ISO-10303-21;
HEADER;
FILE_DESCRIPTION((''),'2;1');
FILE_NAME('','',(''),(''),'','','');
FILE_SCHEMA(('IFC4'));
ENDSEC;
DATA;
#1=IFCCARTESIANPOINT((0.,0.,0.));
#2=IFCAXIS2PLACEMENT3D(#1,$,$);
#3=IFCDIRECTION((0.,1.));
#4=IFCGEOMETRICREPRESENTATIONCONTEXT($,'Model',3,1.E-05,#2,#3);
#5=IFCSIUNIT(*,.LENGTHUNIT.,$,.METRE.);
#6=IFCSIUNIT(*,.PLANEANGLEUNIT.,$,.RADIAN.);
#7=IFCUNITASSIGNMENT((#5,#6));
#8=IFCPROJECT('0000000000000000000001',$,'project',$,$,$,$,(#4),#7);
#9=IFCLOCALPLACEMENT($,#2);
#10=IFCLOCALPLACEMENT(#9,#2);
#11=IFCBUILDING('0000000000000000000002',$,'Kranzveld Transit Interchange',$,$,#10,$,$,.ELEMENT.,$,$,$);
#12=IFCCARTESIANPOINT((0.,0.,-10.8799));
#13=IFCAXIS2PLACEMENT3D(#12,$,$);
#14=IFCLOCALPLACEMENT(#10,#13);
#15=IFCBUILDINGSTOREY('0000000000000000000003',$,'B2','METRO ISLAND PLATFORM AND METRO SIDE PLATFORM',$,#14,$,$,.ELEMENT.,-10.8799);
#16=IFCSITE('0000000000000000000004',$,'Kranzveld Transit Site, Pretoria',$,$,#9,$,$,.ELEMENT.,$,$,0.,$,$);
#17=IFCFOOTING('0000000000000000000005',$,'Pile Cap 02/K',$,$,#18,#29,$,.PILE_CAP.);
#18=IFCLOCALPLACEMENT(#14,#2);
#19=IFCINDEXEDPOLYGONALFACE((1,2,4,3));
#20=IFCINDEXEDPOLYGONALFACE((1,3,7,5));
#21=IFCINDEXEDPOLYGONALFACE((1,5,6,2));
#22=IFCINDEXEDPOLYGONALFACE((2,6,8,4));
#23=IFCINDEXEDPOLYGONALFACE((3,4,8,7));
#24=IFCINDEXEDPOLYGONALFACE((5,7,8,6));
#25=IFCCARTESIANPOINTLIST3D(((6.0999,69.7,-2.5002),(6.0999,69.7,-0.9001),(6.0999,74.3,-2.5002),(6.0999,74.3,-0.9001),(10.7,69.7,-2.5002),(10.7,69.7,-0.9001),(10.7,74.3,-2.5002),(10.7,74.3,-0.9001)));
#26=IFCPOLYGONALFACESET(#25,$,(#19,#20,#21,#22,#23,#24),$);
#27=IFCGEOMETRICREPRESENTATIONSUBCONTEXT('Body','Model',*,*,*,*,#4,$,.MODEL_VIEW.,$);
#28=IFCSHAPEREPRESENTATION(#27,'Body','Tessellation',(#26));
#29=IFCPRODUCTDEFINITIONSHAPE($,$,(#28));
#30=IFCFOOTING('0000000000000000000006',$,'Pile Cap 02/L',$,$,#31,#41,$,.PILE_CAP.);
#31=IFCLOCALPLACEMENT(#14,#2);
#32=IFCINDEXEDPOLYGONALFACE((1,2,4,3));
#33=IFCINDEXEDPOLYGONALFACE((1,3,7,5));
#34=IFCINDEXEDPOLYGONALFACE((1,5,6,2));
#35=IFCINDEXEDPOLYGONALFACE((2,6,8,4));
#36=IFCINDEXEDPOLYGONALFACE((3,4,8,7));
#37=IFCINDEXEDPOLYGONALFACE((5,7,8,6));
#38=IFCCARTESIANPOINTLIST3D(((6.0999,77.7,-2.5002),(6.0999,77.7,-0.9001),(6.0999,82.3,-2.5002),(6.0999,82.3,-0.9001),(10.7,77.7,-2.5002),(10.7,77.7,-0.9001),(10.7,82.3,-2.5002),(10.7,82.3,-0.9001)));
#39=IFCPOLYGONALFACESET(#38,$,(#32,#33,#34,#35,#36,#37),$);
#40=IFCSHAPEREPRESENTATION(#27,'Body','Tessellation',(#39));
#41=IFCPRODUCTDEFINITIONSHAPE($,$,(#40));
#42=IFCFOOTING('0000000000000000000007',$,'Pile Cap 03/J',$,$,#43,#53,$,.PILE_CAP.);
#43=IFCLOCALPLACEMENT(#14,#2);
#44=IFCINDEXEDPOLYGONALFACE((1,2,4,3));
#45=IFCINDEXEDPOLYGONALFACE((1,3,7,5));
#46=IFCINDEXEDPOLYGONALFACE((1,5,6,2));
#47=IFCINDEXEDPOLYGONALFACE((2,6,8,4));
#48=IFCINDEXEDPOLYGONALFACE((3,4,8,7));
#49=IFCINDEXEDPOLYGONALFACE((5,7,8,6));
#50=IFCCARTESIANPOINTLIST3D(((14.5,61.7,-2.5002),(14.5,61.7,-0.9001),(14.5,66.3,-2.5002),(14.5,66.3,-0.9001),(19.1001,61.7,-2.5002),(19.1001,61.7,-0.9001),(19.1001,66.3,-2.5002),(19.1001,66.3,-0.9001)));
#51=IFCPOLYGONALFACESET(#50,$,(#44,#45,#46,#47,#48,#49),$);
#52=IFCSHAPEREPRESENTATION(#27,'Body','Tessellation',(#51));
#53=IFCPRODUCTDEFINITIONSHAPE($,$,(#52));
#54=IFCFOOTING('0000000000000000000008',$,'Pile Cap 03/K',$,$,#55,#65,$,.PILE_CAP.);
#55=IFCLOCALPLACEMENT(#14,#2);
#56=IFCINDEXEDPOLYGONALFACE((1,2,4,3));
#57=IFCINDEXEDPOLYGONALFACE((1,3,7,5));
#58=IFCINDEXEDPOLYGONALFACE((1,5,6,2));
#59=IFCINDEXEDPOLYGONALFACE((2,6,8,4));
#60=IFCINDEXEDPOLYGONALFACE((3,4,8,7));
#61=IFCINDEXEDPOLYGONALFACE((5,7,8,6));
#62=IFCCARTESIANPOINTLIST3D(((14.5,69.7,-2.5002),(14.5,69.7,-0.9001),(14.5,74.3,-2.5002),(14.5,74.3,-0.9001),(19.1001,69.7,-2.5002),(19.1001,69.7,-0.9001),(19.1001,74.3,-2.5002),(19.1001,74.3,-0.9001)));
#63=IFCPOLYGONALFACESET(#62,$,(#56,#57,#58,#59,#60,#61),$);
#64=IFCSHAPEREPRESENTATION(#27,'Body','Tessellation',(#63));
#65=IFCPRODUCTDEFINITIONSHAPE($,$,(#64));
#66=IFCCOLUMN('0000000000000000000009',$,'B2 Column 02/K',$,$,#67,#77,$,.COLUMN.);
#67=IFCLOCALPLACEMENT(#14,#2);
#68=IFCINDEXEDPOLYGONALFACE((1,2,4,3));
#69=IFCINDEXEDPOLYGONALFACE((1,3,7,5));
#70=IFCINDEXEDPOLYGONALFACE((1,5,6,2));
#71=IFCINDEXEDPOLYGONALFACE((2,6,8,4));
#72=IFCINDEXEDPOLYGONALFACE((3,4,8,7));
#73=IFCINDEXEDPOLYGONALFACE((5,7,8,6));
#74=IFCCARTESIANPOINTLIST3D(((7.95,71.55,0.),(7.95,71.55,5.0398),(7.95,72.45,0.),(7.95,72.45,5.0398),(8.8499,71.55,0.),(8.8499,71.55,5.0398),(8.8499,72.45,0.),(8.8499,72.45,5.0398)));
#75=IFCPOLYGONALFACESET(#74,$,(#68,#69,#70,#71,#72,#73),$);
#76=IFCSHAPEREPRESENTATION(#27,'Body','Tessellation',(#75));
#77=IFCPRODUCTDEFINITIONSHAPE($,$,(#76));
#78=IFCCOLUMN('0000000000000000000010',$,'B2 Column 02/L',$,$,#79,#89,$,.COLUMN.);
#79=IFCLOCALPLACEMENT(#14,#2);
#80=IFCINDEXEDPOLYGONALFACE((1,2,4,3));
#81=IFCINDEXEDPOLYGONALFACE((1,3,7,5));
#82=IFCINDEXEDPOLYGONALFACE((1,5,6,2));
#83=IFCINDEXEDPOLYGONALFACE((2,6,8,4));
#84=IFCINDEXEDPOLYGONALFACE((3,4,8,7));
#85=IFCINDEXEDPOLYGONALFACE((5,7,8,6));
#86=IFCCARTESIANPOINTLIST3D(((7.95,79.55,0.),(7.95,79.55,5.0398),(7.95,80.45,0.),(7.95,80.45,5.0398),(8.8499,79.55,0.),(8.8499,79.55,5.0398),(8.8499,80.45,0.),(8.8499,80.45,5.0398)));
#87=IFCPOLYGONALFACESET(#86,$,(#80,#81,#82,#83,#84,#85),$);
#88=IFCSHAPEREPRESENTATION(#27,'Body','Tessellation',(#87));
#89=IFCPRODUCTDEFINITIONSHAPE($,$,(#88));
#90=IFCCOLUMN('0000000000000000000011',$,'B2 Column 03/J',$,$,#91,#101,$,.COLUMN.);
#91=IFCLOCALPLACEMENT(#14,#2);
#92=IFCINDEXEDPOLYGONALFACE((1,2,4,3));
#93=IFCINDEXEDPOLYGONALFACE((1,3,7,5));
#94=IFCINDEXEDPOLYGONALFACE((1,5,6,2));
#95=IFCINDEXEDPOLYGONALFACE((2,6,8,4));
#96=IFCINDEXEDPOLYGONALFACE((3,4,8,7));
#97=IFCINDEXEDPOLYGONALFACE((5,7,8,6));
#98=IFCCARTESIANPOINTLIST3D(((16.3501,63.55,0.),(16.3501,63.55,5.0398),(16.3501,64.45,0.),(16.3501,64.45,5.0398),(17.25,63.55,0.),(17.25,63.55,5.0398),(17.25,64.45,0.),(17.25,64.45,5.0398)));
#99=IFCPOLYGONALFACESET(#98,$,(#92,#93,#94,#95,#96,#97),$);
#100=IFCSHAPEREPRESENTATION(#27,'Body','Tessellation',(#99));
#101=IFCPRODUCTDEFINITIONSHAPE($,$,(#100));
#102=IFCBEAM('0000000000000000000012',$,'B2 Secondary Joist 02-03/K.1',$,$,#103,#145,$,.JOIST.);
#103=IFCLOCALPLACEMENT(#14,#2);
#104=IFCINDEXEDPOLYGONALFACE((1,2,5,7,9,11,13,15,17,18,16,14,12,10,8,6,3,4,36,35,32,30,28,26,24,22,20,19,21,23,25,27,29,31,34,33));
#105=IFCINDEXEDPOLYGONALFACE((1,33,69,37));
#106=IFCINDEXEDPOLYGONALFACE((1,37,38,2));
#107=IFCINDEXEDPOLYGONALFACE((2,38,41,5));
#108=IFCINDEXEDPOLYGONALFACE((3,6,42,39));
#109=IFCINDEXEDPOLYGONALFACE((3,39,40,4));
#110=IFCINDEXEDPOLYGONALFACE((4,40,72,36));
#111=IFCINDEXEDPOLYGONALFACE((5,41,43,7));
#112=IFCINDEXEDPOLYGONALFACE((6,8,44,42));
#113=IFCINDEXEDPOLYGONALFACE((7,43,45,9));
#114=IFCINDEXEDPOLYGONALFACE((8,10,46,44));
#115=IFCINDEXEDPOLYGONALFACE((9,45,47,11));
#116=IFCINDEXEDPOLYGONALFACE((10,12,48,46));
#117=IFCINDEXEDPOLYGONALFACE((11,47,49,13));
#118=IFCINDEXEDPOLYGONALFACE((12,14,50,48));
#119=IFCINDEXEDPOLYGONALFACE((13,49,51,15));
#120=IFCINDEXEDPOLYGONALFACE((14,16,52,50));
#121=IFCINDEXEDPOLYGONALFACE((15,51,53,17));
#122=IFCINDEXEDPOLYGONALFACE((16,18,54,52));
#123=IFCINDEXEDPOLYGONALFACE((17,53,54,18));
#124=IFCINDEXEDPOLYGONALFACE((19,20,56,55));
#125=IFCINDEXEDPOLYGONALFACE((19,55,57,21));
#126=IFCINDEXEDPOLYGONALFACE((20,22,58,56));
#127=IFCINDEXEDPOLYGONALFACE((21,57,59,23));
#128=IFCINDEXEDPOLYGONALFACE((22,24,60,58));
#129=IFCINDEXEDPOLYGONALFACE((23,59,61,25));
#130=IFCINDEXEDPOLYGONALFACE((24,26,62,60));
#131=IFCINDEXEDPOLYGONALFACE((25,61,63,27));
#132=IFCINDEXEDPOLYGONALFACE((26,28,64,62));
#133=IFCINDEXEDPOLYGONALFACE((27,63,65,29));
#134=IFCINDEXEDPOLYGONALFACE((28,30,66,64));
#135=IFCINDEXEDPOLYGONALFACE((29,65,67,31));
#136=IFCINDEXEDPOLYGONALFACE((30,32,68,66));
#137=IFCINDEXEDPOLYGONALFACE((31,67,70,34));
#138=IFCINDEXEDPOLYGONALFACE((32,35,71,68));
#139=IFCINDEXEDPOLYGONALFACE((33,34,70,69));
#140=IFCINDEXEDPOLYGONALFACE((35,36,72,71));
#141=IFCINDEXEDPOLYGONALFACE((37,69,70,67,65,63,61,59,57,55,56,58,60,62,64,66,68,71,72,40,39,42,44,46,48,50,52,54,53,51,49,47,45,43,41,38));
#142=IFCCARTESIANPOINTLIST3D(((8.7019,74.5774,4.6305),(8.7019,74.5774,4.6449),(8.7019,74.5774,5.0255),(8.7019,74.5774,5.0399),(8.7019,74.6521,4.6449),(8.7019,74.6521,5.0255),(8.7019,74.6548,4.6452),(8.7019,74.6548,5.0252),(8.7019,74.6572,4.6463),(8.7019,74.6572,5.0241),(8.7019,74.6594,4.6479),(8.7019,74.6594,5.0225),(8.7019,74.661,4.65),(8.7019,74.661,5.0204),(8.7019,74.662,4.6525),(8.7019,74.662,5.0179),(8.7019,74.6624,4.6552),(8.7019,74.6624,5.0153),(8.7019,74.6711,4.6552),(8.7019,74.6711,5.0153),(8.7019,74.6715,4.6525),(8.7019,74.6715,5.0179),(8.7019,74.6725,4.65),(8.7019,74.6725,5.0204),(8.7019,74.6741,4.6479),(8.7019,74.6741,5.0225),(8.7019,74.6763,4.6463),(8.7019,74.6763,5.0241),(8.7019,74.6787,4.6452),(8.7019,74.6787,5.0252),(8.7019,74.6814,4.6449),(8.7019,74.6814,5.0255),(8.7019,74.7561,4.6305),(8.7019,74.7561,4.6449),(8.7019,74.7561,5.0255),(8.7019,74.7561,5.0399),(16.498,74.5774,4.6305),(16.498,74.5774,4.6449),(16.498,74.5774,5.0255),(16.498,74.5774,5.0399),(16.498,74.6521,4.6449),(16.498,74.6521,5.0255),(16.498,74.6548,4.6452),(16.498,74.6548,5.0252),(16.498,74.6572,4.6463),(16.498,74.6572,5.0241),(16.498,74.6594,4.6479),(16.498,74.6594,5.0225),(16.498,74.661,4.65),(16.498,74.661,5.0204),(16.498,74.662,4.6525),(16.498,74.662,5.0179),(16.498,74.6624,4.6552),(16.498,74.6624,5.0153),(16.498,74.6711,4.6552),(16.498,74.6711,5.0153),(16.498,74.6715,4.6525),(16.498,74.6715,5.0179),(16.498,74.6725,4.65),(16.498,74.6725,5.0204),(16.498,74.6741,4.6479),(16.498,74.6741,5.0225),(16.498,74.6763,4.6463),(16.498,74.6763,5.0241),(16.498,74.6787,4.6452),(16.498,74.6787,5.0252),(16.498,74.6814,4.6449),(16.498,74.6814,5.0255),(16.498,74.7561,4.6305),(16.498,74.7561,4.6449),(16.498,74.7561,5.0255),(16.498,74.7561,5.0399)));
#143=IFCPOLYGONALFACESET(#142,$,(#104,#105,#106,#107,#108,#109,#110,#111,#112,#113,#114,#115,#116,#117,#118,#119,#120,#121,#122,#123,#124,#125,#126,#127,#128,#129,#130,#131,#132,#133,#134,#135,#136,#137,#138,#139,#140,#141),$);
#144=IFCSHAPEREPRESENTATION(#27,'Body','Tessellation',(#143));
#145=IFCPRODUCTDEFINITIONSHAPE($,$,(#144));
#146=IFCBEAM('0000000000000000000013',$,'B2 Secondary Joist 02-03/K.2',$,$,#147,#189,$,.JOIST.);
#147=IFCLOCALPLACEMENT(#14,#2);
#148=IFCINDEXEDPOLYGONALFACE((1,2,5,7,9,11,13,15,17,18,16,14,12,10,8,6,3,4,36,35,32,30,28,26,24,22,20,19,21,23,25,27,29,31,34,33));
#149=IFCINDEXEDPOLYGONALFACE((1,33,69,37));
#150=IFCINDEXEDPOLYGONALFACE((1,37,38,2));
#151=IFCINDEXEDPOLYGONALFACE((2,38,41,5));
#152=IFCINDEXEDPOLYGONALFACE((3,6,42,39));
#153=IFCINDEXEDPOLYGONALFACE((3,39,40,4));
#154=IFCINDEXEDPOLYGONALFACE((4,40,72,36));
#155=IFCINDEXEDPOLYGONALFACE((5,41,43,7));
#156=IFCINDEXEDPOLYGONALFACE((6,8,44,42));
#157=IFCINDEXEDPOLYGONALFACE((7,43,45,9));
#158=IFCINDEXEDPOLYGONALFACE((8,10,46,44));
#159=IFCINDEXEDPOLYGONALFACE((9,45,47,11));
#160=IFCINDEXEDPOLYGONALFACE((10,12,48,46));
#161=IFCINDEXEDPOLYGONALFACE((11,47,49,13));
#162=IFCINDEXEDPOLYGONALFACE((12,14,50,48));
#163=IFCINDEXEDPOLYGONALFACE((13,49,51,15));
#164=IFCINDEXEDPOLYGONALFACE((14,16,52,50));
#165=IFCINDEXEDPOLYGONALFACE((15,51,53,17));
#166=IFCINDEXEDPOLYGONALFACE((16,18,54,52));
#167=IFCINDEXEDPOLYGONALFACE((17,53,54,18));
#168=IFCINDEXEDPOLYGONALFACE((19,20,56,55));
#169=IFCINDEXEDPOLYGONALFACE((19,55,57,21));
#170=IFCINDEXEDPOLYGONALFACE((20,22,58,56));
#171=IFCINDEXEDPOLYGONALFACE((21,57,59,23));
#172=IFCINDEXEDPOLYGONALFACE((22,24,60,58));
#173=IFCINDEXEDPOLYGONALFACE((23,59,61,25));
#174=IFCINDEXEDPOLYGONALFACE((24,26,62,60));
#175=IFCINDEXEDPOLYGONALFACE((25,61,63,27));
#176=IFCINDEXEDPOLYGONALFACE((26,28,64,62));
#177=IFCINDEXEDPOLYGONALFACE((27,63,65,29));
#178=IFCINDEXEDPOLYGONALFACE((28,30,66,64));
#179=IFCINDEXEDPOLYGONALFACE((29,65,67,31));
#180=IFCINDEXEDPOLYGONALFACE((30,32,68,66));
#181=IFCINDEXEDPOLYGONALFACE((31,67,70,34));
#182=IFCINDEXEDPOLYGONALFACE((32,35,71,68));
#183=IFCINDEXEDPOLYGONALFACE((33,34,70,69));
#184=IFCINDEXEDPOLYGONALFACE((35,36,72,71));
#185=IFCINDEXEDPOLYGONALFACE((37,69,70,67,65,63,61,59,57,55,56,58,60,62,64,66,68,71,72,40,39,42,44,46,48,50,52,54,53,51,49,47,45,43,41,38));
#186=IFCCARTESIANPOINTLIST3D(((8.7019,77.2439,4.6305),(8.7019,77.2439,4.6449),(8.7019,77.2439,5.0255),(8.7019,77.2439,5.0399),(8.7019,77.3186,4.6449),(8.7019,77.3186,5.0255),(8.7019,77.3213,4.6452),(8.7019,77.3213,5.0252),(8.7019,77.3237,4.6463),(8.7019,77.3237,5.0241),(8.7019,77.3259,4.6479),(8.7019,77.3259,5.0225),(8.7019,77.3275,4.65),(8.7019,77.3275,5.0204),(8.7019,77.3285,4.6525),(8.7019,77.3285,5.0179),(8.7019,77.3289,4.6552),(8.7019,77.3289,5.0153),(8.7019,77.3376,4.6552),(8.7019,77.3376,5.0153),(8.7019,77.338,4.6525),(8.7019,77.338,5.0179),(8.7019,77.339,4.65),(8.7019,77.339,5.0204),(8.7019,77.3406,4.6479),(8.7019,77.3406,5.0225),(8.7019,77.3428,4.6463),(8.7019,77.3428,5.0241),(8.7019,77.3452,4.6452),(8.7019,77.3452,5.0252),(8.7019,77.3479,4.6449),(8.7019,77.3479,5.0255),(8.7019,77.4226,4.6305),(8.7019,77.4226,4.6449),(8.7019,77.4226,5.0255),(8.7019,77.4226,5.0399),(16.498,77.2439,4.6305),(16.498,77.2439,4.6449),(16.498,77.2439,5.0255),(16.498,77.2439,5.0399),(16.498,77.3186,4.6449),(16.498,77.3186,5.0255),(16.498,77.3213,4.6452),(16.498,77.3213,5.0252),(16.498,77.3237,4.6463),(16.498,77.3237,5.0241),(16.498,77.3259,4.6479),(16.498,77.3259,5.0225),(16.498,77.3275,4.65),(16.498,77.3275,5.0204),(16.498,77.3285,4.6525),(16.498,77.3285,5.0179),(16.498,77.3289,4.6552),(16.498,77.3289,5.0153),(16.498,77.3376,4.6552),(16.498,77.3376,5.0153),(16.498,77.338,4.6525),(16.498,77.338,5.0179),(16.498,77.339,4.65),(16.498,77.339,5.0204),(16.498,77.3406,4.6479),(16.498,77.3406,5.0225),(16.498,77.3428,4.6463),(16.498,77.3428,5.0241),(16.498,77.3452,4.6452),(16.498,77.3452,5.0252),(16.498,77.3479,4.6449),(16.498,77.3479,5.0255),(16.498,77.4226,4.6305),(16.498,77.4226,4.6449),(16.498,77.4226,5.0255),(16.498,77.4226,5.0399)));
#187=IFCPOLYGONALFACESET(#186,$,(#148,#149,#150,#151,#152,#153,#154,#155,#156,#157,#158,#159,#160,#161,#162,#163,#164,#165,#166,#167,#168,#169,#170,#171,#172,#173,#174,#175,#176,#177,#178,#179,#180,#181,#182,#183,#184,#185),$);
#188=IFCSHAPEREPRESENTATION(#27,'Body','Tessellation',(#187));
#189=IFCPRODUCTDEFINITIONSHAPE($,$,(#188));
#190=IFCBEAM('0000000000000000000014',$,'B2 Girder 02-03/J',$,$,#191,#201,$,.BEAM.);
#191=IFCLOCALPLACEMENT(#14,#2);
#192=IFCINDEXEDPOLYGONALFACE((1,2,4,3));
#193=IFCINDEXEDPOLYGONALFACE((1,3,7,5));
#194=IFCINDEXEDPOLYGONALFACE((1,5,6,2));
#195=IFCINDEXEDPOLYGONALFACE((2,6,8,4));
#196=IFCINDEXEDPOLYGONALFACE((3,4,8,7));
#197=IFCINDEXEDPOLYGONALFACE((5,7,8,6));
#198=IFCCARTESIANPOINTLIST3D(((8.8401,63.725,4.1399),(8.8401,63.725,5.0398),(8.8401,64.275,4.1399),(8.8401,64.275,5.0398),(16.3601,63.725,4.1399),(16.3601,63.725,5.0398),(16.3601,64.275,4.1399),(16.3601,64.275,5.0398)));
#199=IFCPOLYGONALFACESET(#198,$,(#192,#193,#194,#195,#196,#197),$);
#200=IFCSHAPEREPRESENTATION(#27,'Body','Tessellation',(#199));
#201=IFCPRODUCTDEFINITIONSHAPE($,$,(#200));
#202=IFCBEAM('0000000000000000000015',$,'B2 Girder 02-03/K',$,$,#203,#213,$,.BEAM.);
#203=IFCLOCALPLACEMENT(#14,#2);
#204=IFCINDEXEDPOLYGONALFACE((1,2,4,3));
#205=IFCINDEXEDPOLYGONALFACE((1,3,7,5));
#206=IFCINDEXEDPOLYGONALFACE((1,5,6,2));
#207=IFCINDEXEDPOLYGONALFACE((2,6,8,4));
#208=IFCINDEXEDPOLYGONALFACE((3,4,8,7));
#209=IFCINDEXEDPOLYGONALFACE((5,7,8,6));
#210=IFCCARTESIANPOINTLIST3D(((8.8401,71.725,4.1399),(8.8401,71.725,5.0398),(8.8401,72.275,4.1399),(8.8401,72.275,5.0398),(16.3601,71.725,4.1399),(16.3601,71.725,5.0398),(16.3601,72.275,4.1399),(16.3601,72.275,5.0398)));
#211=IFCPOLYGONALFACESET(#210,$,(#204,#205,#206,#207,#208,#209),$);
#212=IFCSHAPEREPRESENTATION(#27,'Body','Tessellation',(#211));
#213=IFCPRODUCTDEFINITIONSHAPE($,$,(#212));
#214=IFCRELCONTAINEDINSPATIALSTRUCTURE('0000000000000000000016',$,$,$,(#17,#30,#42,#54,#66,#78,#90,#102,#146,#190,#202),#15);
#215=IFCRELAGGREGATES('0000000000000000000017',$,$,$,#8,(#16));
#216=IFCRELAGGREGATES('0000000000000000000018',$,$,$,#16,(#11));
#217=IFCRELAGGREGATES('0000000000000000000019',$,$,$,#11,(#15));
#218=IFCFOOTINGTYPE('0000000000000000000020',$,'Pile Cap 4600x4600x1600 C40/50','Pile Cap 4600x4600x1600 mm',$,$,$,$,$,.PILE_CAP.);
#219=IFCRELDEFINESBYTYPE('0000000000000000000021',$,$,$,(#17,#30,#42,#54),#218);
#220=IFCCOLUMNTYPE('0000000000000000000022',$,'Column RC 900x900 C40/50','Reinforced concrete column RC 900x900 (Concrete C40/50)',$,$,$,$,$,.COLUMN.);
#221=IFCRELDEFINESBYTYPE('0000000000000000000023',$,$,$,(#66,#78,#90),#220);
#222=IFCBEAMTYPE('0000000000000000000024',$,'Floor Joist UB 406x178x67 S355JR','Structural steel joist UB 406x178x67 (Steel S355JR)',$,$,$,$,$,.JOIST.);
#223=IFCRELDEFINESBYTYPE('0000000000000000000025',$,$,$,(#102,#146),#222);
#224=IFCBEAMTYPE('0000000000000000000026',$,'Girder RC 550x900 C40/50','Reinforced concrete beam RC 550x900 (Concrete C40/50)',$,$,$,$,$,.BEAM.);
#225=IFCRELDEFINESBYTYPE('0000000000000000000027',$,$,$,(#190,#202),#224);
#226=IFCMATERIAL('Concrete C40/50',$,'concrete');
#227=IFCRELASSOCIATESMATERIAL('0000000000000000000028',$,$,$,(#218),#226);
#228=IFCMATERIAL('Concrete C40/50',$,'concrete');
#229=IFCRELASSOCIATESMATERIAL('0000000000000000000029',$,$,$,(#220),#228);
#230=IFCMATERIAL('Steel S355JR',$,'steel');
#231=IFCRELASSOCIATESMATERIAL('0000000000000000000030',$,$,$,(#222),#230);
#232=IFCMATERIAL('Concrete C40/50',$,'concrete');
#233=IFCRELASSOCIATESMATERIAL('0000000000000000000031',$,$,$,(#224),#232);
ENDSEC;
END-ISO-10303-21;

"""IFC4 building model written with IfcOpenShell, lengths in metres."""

from ifc_helpers import new_model, si_unit, direction, frame, origin, origin_2d, place, context, subcontext, project, spatial, rectangle, i_section, extrude, material, material_profile, profile_set, type_object, element, save


model = new_model("IFC4")

# Units and contexts
model_context = context("Model", 3, precision=1e-05, world=origin(), true_north=direction((0.0, 1.0)))
body_context = subcontext(model_context, "Body", "Model", "MODEL_VIEW")
ifc_project = project(units=[si_unit("LENGTHUNIT", "METRE"), si_unit("PLANEANGLEUNIT", "RADIAN")], contexts=[model_context])

# Site, building, storey
site_placement = place(None, origin())
site = spatial("IfcSite", under=ifc_project, at=site_placement, Name="Kranzveld Transit Site, Pretoria", CompositionType="ELEMENT", RefElevation=0.0)
building_placement = place(site_placement, origin())
building = spatial("IfcBuilding", under=site, at=building_placement, Name="Kranzveld Transit Interchange", CompositionType="ELEMENT")
storey_placement = place(building_placement, frame((0.0, 0.0, -10.8799)))
storey = spatial("IfcBuildingStorey", under=building, at=storey_placement, Name="B2", Description="METRO ISLAND PLATFORM AND METRO SIDE PLATFORM", CompositionType="ELEMENT", Elevation=-10.8799)

# Footings
ifc_material_1 = material(Name="Concrete C40/50", Category="concrete")
footing_type = type_object("IfcFootingType", Name="Pile Cap 4600x4600x1600 C40/50", Description="Pile Cap 4600x4600x1600 mm", PredefinedType="PILE_CAP", material=ifc_material_1)
for number, where, z_axis, x_axis, name in (
    (1, (8.3999, 72.0, -2.5002), (0.0, 0.0, 1.0), (1.0, 0.0, 0.0), "Pile Cap 02/K"),
    (2, (8.3999, 80.0, -2.5002), (0.0, 0.0, 1.0), (1.0, 0.0, 0.0), "Pile Cap 02/L"),
    (3, (16.8, 64.0, -2.5002), (0.0, 0.0, 1.0), (1.0, 0.0, 0.0), "Pile Cap 03/J"),
    (4, (16.8, 72.0, -2.5002), (0.0, 0.0, 1.0), (1.0, 0.0, 0.0), "Pile Cap 03/K"),
):
    element("IfcFooting", number, at=place(storey_placement, frame(where, z_axis=z_axis, x_axis=x_axis)), inside=storey, type_object=footing_type, Name=name, PredefinedType="PILE_CAP", context=body_context, shape_type="SweptSolid", body=[
        extrude(rectangle(XDim=4.6001, YDim=4.6001, at=origin_2d()), origin(), (0.0, 0.0, 1.0), 1.6001),
    ])

# Columns
ifc_material_2 = material(Name="Concrete C40/50", Category="concrete")
ifc_material_profile_1 = material_profile(ifc_material_2, rectangle(XDim=0.8999, YDim=0.8999, at=origin_2d()), Name="RC 900x900")
ifc_profile_set_1 = profile_set([ifc_material_profile_1], Name="Concrete C40/50")
column_type = type_object("IfcColumnType", Name="Column RC 900x900 C40/50", Description="Reinforced concrete column RC 900x900 (Concrete C40/50)", PredefinedType="COLUMN", material=ifc_profile_set_1)
for number, where, z_axis, x_axis, name in (
    (5, (8.3999, 72.0, 0.0), (0.0, 0.0, 1.0), (1.0, 0.0, 0.0), "B2 Column 02/K"),
    (6, (8.3999, 80.0, 0.0), (0.0, 0.0, 1.0), (1.0, 0.0, 0.0), "B2 Column 02/L"),
    (7, (16.8, 64.0, 0.0), (0.0, 0.0, 1.0), (1.0, 0.0, 0.0), "B2 Column 03/J"),
):
    element("IfcColumn", number, at=place(storey_placement, frame(where, z_axis=z_axis, x_axis=x_axis)), inside=storey, type_object=column_type, Name=name, PredefinedType="COLUMN", context=body_context, shape_type="SweptSolid", body=[
        extrude(rectangle(XDim=0.8999, YDim=0.8999, at=origin_2d()), origin(), (0.0, 0.0, 1.0), 5.0398),
    ])

# Beams
ifc_material_3 = material(Name="Steel S355JR", Category="steel")
ifc_material_profile_2 = material_profile(ifc_material_3, i_section(OverallWidth=0.1787, OverallDepth=0.4094, WebThickness=0.0088, FlangeThickness=0.0144, FilletRadius=0.0103, at=origin_2d()), Name="UB 406x178x67")
ifc_profile_set_2 = profile_set([ifc_material_profile_2], Name="Steel S355JR")
beam_type_1 = type_object("IfcBeamType", Name="Floor Joist UB 406x178x67 S355JR", Description="Structural steel joist UB 406x178x67 (Steel S355JR)", PredefinedType="JOIST", material=ifc_profile_set_2)
for number, where, z_axis, x_axis, name in (
    (8, (8.7019, 74.6667, 4.8352), (1.0, 0.0, 0.0), (0.0, 1.0, 0.0), "B2 Secondary Joist 02-03/K.1"),
    (9, (8.7019, 77.3333, 4.8352), (1.0, 0.0, 0.0), (0.0, 1.0, 0.0), "B2 Secondary Joist 02-03/K.2"),
):
    element("IfcBeam", number, at=place(storey_placement, frame(where, z_axis=z_axis, x_axis=x_axis)), inside=storey, type_object=beam_type_1, Name=name, PredefinedType="JOIST", context=body_context, shape_type="SweptSolid", body=[
        extrude(i_section(OverallWidth=0.1787, OverallDepth=0.4094, WebThickness=0.0088, FlangeThickness=0.0144, FilletRadius=0.0103, at=origin_2d()), origin(), (0.0, 0.0, 1.0), 7.7961),
    ])
ifc_material_4 = material(Name="Concrete C40/50", Category="concrete")
ifc_material_profile_3 = material_profile(ifc_material_4, rectangle(XDim=0.55, YDim=0.8999, at=origin_2d()), Name="RC 550x900")
ifc_profile_set_3 = profile_set([ifc_material_profile_3], Name="Concrete C40/50")
beam_type_2 = type_object("IfcBeamType", Name="Girder RC 550x900 C40/50", Description="Reinforced concrete beam RC 550x900 (Concrete C40/50)", PredefinedType="BEAM", material=ifc_profile_set_3)
for number, where, z_axis, x_axis, name in (
    (10, (8.8401, 64.0, 4.5898), (1.0, 0.0, 0.0), (0.0, 1.0, 0.0), "B2 Girder 02-03/J"),
    (11, (8.8401, 72.0, 4.5898), (1.0, 0.0, 0.0), (0.0, 1.0, 0.0), "B2 Girder 02-03/K"),
):
    element("IfcBeam", number, at=place(storey_placement, frame(where, z_axis=z_axis, x_axis=x_axis)), inside=storey, type_object=beam_type_2, Name=name, PredefinedType="BEAM", context=body_context, shape_type="SweptSolid", body=[
        extrude(rectangle(XDim=0.55, YDim=0.8999, at=origin_2d()), origin(), (0.0, 0.0, 1.0), 7.52),
    ])

save(model, "model.ifc")
